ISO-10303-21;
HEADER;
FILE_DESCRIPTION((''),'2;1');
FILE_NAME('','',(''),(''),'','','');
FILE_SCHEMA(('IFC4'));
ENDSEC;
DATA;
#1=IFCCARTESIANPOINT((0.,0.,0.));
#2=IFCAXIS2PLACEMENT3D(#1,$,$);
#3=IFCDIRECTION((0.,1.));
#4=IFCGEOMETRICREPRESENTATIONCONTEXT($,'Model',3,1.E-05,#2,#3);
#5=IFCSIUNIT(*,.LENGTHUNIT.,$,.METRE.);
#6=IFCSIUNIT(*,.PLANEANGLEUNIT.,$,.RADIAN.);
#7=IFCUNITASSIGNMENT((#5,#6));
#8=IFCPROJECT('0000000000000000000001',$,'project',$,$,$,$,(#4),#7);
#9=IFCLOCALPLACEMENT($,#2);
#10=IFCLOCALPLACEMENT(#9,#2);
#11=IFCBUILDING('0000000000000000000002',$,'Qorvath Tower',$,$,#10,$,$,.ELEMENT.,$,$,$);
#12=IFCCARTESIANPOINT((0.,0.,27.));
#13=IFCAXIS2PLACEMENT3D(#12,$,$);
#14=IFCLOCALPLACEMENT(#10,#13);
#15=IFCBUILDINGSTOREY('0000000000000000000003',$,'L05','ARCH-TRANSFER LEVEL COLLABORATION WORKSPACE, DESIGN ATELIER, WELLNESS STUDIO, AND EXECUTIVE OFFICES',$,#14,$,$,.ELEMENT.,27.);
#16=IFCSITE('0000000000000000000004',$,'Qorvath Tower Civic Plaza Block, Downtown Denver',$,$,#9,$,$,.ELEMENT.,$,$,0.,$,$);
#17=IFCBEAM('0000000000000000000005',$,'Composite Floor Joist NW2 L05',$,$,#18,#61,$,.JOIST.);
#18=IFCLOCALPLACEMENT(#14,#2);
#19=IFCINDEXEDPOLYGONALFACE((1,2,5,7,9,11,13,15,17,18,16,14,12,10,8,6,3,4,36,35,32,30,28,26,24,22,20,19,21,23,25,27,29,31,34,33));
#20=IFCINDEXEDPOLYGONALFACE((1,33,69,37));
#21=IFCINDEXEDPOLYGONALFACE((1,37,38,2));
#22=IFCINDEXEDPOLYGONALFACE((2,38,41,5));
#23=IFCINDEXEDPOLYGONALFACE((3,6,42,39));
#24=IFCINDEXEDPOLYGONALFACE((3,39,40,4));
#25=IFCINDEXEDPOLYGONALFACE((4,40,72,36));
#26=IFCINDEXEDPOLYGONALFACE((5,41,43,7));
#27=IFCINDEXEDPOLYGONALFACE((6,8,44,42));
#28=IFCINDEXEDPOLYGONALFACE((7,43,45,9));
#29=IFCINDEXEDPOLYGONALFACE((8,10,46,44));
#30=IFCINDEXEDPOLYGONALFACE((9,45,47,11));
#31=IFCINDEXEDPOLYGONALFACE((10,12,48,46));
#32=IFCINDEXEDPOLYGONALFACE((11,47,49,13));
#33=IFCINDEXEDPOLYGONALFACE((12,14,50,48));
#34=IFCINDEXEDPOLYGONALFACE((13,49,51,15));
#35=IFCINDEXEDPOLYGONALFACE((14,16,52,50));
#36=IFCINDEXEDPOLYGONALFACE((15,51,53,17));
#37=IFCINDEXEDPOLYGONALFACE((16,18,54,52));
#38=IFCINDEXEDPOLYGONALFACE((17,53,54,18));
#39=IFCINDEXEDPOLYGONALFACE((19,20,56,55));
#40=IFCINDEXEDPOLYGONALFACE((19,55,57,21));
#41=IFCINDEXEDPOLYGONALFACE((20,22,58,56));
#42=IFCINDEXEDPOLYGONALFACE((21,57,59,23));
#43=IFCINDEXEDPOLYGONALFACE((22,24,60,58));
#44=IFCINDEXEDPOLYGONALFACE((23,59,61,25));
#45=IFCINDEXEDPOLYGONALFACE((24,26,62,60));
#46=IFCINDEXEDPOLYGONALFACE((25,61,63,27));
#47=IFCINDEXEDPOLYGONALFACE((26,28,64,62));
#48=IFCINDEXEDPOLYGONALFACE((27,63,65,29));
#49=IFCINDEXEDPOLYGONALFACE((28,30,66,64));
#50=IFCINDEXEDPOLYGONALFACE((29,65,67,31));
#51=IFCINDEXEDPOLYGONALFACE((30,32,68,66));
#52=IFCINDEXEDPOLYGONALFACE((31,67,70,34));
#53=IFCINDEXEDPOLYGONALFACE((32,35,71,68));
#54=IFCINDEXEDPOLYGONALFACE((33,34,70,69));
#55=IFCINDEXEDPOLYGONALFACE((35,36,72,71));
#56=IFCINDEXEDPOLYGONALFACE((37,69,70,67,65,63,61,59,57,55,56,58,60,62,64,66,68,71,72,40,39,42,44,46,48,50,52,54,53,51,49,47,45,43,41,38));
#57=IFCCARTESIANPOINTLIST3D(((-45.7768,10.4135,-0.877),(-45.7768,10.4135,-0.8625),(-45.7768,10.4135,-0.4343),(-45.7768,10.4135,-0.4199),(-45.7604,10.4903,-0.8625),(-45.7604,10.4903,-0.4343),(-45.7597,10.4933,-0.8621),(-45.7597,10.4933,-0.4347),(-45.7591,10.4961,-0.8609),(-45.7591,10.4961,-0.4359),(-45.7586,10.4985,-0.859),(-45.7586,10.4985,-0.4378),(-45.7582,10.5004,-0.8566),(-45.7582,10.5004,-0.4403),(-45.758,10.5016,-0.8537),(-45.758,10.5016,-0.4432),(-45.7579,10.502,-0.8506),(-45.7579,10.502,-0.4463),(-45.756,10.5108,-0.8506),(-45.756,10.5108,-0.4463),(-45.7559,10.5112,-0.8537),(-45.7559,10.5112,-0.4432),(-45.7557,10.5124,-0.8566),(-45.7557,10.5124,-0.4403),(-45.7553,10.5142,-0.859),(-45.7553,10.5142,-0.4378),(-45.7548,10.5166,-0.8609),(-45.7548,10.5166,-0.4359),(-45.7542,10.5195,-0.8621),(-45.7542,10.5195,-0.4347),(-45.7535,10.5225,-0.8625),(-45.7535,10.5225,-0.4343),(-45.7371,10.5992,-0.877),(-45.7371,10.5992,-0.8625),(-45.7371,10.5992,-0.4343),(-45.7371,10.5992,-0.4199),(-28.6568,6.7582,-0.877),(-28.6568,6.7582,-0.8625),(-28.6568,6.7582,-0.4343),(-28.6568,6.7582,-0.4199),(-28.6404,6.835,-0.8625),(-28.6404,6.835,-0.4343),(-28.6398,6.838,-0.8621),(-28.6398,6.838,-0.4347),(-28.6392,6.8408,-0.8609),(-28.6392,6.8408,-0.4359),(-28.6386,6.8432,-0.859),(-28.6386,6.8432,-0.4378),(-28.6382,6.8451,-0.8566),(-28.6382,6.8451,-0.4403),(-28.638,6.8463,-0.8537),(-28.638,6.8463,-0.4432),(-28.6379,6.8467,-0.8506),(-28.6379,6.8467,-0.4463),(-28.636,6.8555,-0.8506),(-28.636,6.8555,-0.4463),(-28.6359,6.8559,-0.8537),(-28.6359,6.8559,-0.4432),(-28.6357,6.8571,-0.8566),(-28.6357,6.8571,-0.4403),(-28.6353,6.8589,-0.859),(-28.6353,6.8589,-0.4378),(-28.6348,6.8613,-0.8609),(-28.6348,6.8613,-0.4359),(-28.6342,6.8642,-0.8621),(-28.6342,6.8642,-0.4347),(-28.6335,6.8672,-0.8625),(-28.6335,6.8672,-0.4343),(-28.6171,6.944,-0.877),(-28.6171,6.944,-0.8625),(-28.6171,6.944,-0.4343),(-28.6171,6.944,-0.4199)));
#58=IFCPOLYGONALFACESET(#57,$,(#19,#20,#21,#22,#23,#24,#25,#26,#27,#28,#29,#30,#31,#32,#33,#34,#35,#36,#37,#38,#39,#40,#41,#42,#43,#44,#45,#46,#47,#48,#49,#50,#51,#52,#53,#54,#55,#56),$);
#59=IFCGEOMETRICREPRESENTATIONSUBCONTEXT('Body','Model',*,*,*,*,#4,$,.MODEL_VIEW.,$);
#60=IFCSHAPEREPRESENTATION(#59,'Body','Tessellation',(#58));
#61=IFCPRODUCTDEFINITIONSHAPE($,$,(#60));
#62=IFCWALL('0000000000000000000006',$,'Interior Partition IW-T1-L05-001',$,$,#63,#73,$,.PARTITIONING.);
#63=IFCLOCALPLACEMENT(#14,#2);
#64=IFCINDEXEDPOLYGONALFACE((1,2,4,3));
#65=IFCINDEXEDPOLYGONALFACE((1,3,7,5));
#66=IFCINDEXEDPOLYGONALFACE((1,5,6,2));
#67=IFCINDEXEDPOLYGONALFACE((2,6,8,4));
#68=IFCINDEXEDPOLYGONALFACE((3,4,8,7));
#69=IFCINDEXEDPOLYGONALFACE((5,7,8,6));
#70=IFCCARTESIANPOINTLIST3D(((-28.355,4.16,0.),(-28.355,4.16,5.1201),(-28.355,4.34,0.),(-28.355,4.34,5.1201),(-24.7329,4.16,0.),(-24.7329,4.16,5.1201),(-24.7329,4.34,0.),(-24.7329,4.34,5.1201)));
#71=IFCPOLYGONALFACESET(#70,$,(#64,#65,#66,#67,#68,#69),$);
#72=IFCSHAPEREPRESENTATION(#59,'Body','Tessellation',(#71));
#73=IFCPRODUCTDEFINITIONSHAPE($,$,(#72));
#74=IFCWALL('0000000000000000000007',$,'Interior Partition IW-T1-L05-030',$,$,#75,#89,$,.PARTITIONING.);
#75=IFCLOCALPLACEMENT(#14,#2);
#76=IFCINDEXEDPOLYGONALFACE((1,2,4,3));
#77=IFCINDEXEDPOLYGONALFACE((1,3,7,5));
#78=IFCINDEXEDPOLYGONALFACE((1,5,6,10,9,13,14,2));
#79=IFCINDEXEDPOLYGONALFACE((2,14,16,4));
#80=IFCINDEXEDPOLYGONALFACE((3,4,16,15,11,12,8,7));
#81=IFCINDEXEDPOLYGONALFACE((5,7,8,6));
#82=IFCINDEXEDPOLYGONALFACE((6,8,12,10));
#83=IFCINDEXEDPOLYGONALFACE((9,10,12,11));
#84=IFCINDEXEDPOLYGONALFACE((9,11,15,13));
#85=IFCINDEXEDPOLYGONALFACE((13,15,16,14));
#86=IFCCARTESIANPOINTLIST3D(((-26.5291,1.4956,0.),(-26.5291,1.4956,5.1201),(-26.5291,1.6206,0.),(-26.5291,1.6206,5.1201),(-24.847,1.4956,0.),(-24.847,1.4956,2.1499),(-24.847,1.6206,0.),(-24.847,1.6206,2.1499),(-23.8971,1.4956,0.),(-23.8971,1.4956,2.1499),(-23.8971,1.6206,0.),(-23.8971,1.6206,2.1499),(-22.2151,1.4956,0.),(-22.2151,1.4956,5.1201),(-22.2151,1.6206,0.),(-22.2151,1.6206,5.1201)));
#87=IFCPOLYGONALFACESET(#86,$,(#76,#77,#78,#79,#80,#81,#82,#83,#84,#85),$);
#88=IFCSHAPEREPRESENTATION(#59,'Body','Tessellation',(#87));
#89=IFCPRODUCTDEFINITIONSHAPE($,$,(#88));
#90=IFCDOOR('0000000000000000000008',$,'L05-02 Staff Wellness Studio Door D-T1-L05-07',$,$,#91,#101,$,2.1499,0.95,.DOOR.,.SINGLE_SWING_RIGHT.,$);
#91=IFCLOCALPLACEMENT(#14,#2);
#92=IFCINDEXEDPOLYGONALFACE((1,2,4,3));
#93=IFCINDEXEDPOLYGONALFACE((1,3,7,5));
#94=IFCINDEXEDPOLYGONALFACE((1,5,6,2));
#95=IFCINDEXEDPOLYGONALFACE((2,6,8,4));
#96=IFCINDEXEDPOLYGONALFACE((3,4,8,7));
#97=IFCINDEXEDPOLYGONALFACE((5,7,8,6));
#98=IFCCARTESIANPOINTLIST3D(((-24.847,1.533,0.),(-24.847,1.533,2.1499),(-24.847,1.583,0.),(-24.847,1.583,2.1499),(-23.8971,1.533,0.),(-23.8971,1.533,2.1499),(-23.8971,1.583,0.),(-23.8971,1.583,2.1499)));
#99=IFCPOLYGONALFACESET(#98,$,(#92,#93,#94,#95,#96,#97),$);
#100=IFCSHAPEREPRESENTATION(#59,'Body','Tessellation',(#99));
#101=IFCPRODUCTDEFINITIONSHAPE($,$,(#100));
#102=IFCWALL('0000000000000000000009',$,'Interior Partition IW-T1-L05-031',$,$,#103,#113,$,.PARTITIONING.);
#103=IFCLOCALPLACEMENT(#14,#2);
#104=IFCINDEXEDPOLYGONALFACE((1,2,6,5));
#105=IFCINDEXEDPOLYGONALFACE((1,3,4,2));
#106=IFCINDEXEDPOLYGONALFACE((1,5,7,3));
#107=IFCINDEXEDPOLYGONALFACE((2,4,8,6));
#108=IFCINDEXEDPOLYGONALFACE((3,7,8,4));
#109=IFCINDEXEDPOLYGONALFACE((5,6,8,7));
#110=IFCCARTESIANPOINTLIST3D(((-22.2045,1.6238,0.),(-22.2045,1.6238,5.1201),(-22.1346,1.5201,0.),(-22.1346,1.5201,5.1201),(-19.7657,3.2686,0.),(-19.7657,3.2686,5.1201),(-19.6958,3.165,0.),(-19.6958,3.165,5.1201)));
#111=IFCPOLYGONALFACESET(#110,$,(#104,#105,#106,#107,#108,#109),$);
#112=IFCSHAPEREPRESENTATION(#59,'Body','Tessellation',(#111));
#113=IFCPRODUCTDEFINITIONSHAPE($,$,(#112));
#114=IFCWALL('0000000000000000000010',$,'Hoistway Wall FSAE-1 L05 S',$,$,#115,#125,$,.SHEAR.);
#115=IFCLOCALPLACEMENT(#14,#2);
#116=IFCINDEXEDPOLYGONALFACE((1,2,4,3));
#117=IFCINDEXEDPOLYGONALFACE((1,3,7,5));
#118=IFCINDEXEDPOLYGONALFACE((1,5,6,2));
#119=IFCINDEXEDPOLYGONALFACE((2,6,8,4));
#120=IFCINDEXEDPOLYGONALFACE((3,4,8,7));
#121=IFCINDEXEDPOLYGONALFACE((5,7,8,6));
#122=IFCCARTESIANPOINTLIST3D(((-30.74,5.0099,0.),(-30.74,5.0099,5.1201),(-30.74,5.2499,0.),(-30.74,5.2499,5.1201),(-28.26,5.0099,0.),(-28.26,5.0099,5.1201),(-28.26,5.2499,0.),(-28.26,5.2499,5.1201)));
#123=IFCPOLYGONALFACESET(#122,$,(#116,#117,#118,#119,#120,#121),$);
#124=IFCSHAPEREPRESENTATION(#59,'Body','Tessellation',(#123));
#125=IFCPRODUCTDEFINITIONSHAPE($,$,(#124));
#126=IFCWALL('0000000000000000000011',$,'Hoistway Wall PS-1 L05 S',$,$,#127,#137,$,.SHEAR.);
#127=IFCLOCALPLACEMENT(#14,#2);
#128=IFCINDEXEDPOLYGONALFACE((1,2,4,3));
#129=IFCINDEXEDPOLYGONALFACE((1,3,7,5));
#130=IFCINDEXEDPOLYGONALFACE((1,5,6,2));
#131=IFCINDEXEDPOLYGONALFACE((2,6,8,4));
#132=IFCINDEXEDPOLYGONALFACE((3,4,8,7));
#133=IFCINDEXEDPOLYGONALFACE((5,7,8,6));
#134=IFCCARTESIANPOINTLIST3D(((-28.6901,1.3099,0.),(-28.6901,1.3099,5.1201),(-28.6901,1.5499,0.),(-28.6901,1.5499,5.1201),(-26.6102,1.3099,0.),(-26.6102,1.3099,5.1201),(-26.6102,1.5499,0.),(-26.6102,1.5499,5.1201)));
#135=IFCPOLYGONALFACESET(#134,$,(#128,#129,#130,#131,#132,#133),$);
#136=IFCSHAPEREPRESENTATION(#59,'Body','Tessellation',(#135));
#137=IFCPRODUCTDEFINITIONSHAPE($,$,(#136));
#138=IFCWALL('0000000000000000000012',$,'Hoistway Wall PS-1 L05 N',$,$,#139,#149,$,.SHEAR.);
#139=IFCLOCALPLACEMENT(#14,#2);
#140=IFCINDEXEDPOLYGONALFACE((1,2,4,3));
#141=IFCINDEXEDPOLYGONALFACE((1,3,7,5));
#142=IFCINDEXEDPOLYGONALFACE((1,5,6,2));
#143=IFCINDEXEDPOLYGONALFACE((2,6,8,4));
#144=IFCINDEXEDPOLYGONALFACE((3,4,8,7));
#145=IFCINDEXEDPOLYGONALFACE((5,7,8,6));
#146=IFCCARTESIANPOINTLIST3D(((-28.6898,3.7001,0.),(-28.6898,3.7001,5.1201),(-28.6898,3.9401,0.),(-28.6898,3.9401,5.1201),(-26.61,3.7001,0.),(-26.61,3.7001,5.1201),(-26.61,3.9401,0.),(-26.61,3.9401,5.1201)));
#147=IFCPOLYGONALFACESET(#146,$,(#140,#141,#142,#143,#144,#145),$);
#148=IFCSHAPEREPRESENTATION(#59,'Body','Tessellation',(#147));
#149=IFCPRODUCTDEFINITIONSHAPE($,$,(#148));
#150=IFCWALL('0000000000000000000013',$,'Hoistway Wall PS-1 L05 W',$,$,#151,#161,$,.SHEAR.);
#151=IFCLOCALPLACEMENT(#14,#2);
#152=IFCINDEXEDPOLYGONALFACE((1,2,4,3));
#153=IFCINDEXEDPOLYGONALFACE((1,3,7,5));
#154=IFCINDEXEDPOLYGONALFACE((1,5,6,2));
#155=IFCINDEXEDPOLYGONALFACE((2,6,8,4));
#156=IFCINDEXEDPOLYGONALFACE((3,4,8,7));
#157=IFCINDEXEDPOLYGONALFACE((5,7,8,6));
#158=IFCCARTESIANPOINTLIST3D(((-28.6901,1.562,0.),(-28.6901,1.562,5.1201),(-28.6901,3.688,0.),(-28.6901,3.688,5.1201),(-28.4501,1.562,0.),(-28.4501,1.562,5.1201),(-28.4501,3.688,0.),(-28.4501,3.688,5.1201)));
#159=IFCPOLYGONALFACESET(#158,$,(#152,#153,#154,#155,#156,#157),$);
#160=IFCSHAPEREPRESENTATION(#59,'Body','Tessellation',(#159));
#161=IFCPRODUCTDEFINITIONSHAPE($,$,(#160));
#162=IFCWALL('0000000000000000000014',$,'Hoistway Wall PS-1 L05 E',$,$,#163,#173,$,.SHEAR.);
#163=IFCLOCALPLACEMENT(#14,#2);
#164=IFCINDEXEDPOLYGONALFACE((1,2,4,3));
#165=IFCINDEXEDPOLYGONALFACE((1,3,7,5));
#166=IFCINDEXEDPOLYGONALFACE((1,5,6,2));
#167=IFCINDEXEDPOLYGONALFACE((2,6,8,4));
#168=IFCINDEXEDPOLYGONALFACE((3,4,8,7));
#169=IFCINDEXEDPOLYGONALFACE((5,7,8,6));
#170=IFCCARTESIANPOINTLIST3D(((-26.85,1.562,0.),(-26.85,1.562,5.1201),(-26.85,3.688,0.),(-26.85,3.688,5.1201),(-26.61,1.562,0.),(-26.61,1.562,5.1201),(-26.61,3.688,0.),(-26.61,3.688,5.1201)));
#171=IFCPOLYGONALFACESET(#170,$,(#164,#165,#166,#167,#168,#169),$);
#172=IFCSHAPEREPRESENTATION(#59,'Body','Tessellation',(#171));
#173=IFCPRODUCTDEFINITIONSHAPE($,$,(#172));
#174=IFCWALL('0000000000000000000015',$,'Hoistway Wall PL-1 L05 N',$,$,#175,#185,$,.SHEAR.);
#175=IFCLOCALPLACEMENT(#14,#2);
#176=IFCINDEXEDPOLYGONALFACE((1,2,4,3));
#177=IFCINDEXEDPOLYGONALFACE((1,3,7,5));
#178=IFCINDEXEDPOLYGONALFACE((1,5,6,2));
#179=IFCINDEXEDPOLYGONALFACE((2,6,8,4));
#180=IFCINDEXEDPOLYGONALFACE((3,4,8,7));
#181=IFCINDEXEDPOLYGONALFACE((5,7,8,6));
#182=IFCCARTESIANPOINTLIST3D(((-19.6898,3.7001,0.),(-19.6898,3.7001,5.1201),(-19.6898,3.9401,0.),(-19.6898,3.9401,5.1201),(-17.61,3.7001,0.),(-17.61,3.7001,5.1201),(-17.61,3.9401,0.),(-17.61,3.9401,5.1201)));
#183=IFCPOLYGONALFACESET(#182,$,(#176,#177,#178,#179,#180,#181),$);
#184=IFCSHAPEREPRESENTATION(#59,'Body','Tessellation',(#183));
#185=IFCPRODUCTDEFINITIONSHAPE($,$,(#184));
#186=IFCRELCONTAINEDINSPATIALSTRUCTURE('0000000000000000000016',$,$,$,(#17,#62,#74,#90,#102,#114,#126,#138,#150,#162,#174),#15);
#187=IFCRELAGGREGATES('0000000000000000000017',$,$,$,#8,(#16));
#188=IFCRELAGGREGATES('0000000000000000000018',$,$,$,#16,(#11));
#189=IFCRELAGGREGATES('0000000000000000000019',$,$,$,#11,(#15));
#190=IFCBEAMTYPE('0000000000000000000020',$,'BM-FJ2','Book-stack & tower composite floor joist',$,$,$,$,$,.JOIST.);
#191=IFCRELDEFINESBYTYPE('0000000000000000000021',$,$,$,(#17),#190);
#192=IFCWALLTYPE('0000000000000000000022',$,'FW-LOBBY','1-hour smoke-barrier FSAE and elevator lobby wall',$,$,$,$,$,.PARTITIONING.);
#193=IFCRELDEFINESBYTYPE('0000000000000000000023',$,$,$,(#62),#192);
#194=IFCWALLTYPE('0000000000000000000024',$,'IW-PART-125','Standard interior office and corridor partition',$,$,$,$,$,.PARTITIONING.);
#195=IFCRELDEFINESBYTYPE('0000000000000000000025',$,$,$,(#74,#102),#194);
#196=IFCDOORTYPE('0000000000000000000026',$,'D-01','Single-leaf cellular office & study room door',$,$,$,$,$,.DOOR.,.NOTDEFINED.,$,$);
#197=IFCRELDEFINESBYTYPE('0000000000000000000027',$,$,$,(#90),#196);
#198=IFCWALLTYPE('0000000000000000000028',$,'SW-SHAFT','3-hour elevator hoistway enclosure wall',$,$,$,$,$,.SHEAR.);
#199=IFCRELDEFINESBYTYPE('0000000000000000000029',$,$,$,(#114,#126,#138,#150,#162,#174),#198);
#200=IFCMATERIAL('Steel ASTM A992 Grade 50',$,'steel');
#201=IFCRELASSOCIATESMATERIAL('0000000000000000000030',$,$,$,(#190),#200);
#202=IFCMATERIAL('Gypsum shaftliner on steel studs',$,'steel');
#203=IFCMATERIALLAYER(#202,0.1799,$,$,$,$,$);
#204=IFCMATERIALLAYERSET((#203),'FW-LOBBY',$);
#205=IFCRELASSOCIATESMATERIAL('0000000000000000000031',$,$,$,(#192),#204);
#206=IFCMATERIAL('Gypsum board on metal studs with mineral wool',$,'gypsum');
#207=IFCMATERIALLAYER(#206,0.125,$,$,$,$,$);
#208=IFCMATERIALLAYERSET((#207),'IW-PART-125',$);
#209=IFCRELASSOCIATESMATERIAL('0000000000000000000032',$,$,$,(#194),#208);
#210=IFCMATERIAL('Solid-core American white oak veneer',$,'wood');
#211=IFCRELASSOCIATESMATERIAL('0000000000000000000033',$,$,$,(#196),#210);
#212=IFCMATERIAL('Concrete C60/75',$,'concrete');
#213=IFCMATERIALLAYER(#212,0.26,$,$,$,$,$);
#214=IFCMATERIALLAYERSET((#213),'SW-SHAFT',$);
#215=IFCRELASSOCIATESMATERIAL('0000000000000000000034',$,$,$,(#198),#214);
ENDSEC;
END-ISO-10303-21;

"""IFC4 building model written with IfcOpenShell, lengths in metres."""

from ifc_helpers import new_model, si_unit, direction, frame, frame_2d, origin, origin_2d, place, context, subcontext, project, spatial, rectangle, i_section, extrude, material, layer, layer_set, material_profile, profile_set, type_object, element, fill, save


model = new_model("IFC4")

# Units and contexts
model_context = context("Model", 3, precision=1e-05, world=origin(), true_north=direction((0.0, 1.0)))
body_context = subcontext(model_context, "Body", "Model", "MODEL_VIEW")
ifc_project = project(units=[si_unit("LENGTHUNIT", "METRE"), si_unit("PLANEANGLEUNIT", "RADIAN")], contexts=[model_context])

# Site, building, storey
site_placement = place(None, origin())
site = spatial("IfcSite", under=ifc_project, at=site_placement, Name="Qorvath Tower Civic Plaza Block, Downtown Denver", CompositionType="ELEMENT", RefElevation=0.0)
building_placement = place(site_placement, origin())
building = spatial("IfcBuilding", under=site, at=building_placement, Name="Qorvath Tower", CompositionType="ELEMENT")
storey_placement = place(building_placement, frame((0.0, 0.0, 27.0)))
storey = spatial("IfcBuildingStorey", under=building, at=storey_placement, Name="L05", Description="ARCH-TRANSFER LEVEL COLLABORATION WORKSPACE, DESIGN ATELIER, WELLNESS STUDIO, AND EXECUTIVE OFFICES", CompositionType="ELEMENT", Elevation=27.0)

# Beam
ifc_material_1 = material(Name="Steel ASTM A992 Grade 50", Category="steel")
ifc_material_profile = material_profile(ifc_material_1, i_section(OverallWidth=0.1899, OverallDepth=0.457, WebThickness=0.009, FlangeThickness=0.0144, FilletRadius=0.012, at=origin_2d()), Name="W18x50")
ifc_profile_set = profile_set([ifc_material_profile], Name="Steel ASTM A992 Grade 50")
beam_type = type_object("IfcBeamType", Name="BM-FJ2", Description="Book-stack & tower composite floor joist", PredefinedType="JOIST", material=ifc_profile_set)
beam_placement = place(storey_placement, frame((-28.637, 6.8511, -0.6484), z_axis=(-0.977957, 0.208804, 0.0), x_axis=(-0.208804, -0.977957, 0.0)))
element("IfcBeam", 1, at=beam_placement, inside=storey, type_object=beam_type, Name="Composite Floor Joist NW2 L05", PredefinedType="JOIST", context=body_context, shape_type="SweptSolid", body=[
    extrude(i_section(OverallWidth=0.1899, OverallDepth=0.457, WebThickness=0.009, FlangeThickness=0.0144, FilletRadius=0.012, at=origin_2d()), origin(), (0.0, 0.0, 1.0), 17.5059),
])

# Wall
ifc_material_2 = material(Name="Gypsum shaftliner on steel studs", Category="steel")
ifc_layer_1 = layer(ifc_material_2, 0.1799)
ifc_layer_set_1 = layer_set([ifc_layer_1], Name="FW-LOBBY")
wall_type_1 = type_object("IfcWallType", Name="FW-LOBBY", Description="1-hour smoke-barrier FSAE and elevator lobby wall", PredefinedType="PARTITIONING", material=ifc_layer_set_1)
wall_1_placement = place(storey_placement, frame((-28.355, 4.25, 0.0), z_axis=(0.0, 0.0, 1.0), x_axis=(1.0, 0.0, 0.0)))
element("IfcWall", 2, at=wall_1_placement, inside=storey, type_object=wall_type_1, Name="Interior Partition IW-T1-L05-001", PredefinedType="PARTITIONING", context=body_context, shape_type="SweptSolid", body=[
    extrude(rectangle(XDim=3.6221, YDim=0.1799, at=frame_2d((1.811, 0.0))), origin(), (0.0, 0.0, 1.0), 5.1201),
])

# Wall, opening, door
ifc_material_3 = material(Name="Gypsum board on metal studs with mineral wool", Category="gypsum")
ifc_layer_2 = layer(ifc_material_3, 0.125)
ifc_layer_set_2 = layer_set([ifc_layer_2], Name="IW-PART-125")
wall_type_2 = type_object("IfcWallType", Name="IW-PART-125", Description="Standard interior office and corridor partition", PredefinedType="PARTITIONING", material=ifc_layer_set_2)
wall_2_placement = place(storey_placement, frame((-26.5291, 1.5581, 0.0), z_axis=(0.0, 0.0, 1.0), x_axis=(1.0, 0.0, 0.0)))
wall_2 = element("IfcWall", 3, at=wall_2_placement, inside=storey, type_object=wall_type_2, Name="Interior Partition IW-T1-L05-030", PredefinedType="PARTITIONING", context=body_context, shape_type="SweptSolid", body=[
    extrude(rectangle(XDim=4.314, YDim=0.125, at=frame_2d((2.157, 0.0))), origin(), (0.0, 0.0, 1.0), 5.1201),
])
opening_placement = place(wall_2_placement, frame((1.6819, 0.0, 0.0)))
opening = element("IfcOpeningElement", 4, at=opening_placement, cuts=wall_2, PredefinedType="OPENING", context=body_context, shape_type="SweptSolid", body=[
    extrude(rectangle(XDim=0.95, YDim=2.1499, at=frame_2d((0.4751, 1.075))), frame((0.0, 0.0725, 0.0), z_axis=(0.0, -1.0, 0.0), x_axis=(1.0, 0.0, 0.0)), (0.0, 0.0, 1.0), 0.145),
])
ifc_material_4 = material(Name="Solid-core American white oak veneer", Category="wood")
door_type = type_object("IfcDoorType", Name="D-01", Description="Single-leaf cellular office & study room door", OperationType="NOTDEFINED", PredefinedType="DOOR", material=ifc_material_4)
door_placement = place(opening_placement, origin())
door = element("IfcDoor", 5, at=door_placement, inside=storey, type_object=door_type, Name="L05-02 Staff Wellness Studio Door D-T1-L05-07", OperationType="SINGLE_SWING_RIGHT", OverallHeight=2.1499, OverallWidth=0.95, PredefinedType="DOOR", context=body_context, shape_type="SweptSolid", body=[
    extrude(rectangle(XDim=0.95, YDim=2.1499, at=frame_2d((0.4751, 1.075))), frame((0.0, 0.0249, 0.0), z_axis=(0.0, -1.0, 0.0), x_axis=(1.0, 0.0, 0.0)), (0.0, 0.0, 1.0), 0.05),
])
fill(opening, door)

# Walls
wall_3_placement = place(storey_placement, frame((-22.1694, 1.572, 0.0), z_axis=(0.0, 0.0, 1.0), x_axis=(0.829063, 0.559155, 0.0)))
element("IfcWall", 6, at=wall_3_placement, inside=storey, type_object=wall_type_2, Name="Interior Partition IW-T1-L05-031", PredefinedType="PARTITIONING", context=body_context, shape_type="SweptSolid", body=[
    extrude(rectangle(XDim=2.9417, YDim=0.125, at=frame_2d((1.4707, 0.0))), origin(), (0.0, 0.0, 1.0), 5.1201),
])
ifc_material_5 = material(Name="Concrete C60/75", Category="concrete")
ifc_layer_3 = layer(ifc_material_5, 0.26)
ifc_layer_set_3 = layer_set([ifc_layer_3], Name="SW-SHAFT")
wall_type_3 = type_object("IfcWallType", Name="SW-SHAFT", Description="3-hour elevator hoistway enclosure wall", PredefinedType="SHEAR", material=ifc_layer_set_3)
wall_4_placement = place(storey_placement, frame((-28.26, 5.1299, 0.0), z_axis=(0.0, 0.0, 1.0), x_axis=(-1.0, 0.0, 0.0)))
element("IfcWall", 7, at=wall_4_placement, inside=storey, type_object=wall_type_3, Name="Hoistway Wall FSAE-1 L05 S", PredefinedType="SHEAR", context=body_context, shape_type="SweptSolid", body=[
    extrude(rectangle(XDim=2.48, YDim=0.24, at=frame_2d((1.24, 0.0))), origin(), (0.0, 0.0, 1.0), 5.1201),
])
for number, where, z_axis, x_axis, name in (
    (8, (-26.6101, 1.4299, 0.0), (0.0, 0.0, 1.0), (-1.0, 0.0, 0.0), "Hoistway Wall PS-1 L05 S"),
    (9, (-28.6899, 3.8201, 0.0), (0.0, 0.0, 1.0), (1.0, 0.0, 0.0), "Hoistway Wall PS-1 L05 N"),
):
    element("IfcWall", number, at=place(storey_placement, frame(where, z_axis=z_axis, x_axis=x_axis)), inside=storey, type_object=wall_type_3, Name=name, PredefinedType="SHEAR", context=body_context, shape_type="SweptSolid", body=[
        extrude(rectangle(XDim=2.0798, YDim=0.24, at=frame_2d((1.04, 0.0))), origin(), (0.0, 0.0, 1.0), 5.1201),
    ])
for number, where, z_axis, x_axis, name in (
    (10, (-28.5701, 1.562, 0.0), (0.0, 0.0, 1.0), (0.0, 1.0, 0.0), "Hoistway Wall PS-1 L05 W"),
    (11, (-26.73, 3.688, 0.0), (0.0, 0.0, 1.0), (0.0, -1.0, 0.0), "Hoistway Wall PS-1 L05 E"),
):
    element("IfcWall", number, at=place(storey_placement, frame(where, z_axis=z_axis, x_axis=x_axis)), inside=storey, type_object=wall_type_3, Name=name, PredefinedType="SHEAR", context=body_context, shape_type="SweptSolid", body=[
        extrude(rectangle(XDim=2.126, YDim=0.24, at=frame_2d((1.063, 0.0))), origin(), (0.0, 0.0, 1.0), 5.1201),
    ])
wall_5_placement = place(storey_placement, frame((-19.6899, 3.8201, 0.0), z_axis=(0.0, 0.0, 1.0), x_axis=(1.0, 0.0, 0.0)))
element("IfcWall", 12, at=wall_5_placement, inside=storey, type_object=wall_type_3, Name="Hoistway Wall PL-1 L05 N", PredefinedType="SHEAR", context=body_context, shape_type="SweptSolid", body=[
    extrude(rectangle(XDim=2.0798, YDim=0.24, at=frame_2d((1.04, 0.0))), origin(), (0.0, 0.0, 1.0), 5.1201),
])

save(model, "model.ifc")
